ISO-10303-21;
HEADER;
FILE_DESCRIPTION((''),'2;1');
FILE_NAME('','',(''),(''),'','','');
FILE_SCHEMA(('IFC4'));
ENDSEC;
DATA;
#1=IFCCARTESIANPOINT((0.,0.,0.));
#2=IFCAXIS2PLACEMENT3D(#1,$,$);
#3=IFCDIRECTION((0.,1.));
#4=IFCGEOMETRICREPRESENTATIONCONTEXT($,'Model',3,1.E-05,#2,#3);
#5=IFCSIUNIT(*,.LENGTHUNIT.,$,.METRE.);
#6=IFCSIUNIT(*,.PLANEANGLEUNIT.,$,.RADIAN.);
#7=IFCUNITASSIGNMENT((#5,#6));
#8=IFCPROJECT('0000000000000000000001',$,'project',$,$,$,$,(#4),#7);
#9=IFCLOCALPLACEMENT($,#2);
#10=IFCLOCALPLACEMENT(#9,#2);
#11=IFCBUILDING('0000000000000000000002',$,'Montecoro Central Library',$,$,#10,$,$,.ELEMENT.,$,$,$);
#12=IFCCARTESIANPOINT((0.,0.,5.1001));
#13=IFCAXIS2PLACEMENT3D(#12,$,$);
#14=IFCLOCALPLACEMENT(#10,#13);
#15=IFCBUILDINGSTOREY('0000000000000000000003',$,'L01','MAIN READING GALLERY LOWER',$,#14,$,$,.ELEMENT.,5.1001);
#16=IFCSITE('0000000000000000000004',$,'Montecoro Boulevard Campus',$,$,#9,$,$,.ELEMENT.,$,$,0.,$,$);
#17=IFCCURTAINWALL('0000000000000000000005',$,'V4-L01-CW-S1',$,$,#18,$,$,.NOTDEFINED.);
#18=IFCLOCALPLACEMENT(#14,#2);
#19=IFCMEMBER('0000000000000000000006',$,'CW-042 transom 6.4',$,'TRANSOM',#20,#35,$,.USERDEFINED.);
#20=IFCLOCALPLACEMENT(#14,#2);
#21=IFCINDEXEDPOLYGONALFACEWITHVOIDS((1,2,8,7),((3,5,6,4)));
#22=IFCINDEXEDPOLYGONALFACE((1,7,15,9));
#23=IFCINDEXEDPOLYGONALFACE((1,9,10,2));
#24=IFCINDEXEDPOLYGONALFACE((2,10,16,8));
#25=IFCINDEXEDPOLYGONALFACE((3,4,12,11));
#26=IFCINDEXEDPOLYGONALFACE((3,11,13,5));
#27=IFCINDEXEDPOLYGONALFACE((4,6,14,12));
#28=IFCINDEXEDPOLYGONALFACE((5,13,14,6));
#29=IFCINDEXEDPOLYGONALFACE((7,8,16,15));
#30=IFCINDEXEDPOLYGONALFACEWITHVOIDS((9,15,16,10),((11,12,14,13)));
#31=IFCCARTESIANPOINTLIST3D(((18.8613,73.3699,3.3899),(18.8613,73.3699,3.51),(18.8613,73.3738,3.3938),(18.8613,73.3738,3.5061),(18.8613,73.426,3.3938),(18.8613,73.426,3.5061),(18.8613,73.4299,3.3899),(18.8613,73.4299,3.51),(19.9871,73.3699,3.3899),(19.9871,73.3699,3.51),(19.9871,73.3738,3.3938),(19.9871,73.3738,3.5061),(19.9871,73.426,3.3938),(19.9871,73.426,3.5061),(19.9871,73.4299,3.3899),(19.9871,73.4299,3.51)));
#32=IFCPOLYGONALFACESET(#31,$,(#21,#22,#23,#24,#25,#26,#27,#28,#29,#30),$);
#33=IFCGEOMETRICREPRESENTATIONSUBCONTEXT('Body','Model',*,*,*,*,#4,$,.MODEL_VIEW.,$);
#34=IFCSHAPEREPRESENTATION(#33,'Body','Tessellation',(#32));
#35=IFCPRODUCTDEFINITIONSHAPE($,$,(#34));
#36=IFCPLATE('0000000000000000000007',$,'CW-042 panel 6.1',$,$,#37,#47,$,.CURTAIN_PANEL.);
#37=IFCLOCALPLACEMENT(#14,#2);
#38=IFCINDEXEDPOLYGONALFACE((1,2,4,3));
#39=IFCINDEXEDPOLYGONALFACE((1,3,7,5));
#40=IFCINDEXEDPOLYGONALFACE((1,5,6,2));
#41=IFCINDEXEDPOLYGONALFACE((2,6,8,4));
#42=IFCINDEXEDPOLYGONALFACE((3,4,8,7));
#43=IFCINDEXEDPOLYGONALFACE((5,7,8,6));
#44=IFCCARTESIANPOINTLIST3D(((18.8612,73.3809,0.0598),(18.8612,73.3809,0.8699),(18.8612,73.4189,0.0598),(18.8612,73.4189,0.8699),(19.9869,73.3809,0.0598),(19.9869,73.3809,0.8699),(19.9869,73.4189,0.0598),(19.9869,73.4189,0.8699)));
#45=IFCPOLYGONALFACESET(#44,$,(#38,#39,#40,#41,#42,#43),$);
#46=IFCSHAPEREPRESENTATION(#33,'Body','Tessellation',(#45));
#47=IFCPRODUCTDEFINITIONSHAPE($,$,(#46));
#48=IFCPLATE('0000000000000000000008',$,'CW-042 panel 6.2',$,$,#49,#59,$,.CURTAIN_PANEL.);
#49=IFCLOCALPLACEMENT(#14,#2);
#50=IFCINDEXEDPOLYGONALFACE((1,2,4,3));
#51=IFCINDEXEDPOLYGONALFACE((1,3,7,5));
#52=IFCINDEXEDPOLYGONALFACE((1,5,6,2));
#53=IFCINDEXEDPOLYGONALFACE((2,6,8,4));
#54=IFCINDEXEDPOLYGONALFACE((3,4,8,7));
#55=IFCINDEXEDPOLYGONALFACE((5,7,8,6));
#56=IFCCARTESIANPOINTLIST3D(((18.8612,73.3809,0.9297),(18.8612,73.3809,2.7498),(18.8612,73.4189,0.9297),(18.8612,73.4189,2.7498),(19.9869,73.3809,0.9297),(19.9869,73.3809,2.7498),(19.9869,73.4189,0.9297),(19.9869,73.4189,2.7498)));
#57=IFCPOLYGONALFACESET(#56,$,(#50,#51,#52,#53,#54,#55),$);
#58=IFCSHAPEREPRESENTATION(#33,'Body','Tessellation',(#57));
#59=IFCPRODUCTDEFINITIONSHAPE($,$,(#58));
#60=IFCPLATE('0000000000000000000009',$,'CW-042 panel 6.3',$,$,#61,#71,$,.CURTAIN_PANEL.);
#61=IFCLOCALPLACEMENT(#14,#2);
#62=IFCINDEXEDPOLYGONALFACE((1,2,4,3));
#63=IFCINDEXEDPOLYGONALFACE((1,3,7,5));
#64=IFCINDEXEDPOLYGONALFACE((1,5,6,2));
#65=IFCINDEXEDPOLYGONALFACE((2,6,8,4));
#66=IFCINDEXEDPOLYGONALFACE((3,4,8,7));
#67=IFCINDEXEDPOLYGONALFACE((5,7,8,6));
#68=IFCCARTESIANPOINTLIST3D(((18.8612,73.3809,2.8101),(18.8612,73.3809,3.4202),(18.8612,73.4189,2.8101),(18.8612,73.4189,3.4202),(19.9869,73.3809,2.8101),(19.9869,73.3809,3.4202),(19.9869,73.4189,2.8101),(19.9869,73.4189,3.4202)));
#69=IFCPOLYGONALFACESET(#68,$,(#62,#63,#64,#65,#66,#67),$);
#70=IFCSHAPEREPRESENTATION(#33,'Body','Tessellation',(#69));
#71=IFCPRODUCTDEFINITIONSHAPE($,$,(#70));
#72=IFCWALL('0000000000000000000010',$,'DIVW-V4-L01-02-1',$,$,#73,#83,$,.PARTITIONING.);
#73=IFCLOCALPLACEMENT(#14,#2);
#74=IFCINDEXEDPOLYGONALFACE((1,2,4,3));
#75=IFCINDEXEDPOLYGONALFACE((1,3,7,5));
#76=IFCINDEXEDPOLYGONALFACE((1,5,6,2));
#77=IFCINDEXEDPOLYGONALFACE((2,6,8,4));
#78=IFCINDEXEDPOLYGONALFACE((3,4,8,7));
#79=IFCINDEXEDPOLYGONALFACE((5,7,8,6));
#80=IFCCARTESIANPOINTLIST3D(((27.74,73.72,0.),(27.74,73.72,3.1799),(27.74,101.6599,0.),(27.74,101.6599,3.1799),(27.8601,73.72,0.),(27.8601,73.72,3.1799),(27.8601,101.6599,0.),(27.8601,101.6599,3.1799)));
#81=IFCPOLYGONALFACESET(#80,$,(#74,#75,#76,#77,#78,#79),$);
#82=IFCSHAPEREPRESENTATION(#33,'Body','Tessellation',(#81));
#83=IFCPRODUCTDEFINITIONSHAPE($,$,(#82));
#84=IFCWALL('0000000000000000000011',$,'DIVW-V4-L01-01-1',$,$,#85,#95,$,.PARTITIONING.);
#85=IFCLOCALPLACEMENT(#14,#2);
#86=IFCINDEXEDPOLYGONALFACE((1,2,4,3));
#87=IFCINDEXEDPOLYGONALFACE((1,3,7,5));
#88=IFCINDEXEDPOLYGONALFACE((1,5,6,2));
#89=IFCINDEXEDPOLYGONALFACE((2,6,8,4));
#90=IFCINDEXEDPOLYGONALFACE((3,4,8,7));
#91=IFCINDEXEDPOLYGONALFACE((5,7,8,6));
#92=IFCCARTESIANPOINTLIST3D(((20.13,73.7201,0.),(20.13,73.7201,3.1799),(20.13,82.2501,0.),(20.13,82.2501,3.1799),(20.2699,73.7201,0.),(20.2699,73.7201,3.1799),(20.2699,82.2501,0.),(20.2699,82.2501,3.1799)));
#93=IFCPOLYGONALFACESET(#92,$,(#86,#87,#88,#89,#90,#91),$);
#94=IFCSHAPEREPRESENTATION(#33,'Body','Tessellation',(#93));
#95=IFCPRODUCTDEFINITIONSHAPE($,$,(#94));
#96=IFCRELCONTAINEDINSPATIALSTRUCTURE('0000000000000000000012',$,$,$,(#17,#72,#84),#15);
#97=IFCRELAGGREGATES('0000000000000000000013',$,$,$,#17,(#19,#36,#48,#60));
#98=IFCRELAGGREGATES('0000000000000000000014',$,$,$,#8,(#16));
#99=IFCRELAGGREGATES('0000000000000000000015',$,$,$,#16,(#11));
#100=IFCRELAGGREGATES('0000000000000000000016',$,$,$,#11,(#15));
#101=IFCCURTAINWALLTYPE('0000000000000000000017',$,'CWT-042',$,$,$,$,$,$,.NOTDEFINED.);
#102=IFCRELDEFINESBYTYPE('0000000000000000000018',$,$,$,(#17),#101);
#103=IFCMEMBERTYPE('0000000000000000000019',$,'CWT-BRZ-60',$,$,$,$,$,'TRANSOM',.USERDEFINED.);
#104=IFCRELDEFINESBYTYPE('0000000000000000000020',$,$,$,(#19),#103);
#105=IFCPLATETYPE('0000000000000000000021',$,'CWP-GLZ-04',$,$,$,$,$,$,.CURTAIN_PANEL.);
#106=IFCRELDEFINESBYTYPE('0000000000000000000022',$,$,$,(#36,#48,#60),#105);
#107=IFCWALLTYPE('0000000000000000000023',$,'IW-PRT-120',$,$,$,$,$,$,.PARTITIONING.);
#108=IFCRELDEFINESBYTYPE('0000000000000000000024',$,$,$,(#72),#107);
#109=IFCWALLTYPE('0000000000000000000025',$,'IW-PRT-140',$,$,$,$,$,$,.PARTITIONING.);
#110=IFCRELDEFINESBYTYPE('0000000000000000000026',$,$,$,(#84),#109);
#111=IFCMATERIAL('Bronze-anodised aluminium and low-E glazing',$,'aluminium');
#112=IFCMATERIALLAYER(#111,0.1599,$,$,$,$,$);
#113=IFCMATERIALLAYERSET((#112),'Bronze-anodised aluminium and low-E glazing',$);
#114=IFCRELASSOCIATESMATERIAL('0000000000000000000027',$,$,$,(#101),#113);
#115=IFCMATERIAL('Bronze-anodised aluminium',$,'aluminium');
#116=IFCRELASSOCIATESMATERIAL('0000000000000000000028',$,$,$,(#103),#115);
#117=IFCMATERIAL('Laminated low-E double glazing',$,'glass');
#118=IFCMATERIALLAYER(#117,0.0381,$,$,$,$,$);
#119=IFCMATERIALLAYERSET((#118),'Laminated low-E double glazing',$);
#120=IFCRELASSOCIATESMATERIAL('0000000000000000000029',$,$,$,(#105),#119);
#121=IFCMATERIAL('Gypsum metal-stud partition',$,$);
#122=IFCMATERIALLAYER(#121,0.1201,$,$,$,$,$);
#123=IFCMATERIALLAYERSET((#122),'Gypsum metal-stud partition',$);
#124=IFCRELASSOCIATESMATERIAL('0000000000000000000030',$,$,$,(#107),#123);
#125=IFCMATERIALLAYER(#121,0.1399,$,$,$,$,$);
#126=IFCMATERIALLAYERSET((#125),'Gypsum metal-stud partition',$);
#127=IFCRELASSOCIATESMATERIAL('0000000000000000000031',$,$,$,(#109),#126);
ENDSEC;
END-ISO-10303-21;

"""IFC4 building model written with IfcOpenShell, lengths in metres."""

from ifc_helpers import new_model, si_unit, direction, frame, frame_2d, origin, origin_2d, place, context, subcontext, project, spatial, rectangle, hollow_rectangle, extrude, material, layer, layer_set, material_profile, profile_set, type_object, element, aggregate, save


model = new_model("IFC4")

# Units and contexts
model_context = context("Model", 3, precision=1e-05, world=origin(), true_north=direction((0.0, 1.0)))
body_context = subcontext(model_context, "Body", "Model", "MODEL_VIEW")
ifc_project = project(units=[si_unit("LENGTHUNIT", "METRE"), si_unit("PLANEANGLEUNIT", "RADIAN")], contexts=[model_context])

# Site, building, storey
site_placement = place(None, origin())
site = spatial("IfcSite", under=ifc_project, at=site_placement, Name="Montecoro Boulevard Campus", CompositionType="ELEMENT", RefElevation=0.0)
building_placement = place(site_placement, origin())
building = spatial("IfcBuilding", under=site, at=building_placement, Name="Montecoro Central Library", CompositionType="ELEMENT")
storey_placement = place(building_placement, frame((0.0, 0.0, 5.1001)))
storey = spatial("IfcBuildingStorey", under=building, at=storey_placement, Name="L01", Description="MAIN READING GALLERY LOWER", CompositionType="ELEMENT", Elevation=5.1001)

# Curtain wall, member, plates
ifc_material_1 = material(Name="Bronze-anodised aluminium and low-E glazing", Category="aluminium")
ifc_layer_1 = layer(ifc_material_1, 0.1599)
ifc_layer_set_1 = layer_set([ifc_layer_1], Name="Bronze-anodised aluminium and low-E glazing")
curtain_wall_type = type_object("IfcCurtainWallType", Name="CWT-042", PredefinedType="NOTDEFINED", material=ifc_layer_set_1)
curtain_wall_placement = place(storey_placement, origin())
curtain_wall = element("IfcCurtainWall", 1, at=curtain_wall_placement, inside=storey, type_object=curtain_wall_type, Name="V4-L01-CW-S1", PredefinedType="NOTDEFINED")
ifc_material_2 = material(Name="Bronze-anodised aluminium", Category="aluminium")
ifc_material_profile_1 = material_profile(ifc_material_2, hollow_rectangle(XDim=0.0601, YDim=0.1201, WallThickness=0.0039, at=origin_2d()), Name="CWT 120x60x4.0")
ifc_profile_set_1 = profile_set([ifc_material_profile_1], Name="Bronze-anodised aluminium")
member_type_1 = type_object("IfcMemberType", Name="CWT-BRZ-60", ElementType="TRANSOM", PredefinedType="USERDEFINED", material=ifc_profile_set_1)
member_1_placement = place(storey_placement, frame((18.8613, 73.3999, 3.45), z_axis=(1.0, 0.0, 0.0), x_axis=(0.0, 1.0, 0.0)))
member_1 = element("IfcMember", 2, at=member_1_placement, type_object=member_type_1, Name="CW-042 transom 6.4", ObjectType="TRANSOM", PredefinedType="USERDEFINED", context=body_context, shape_type="SweptSolid", body=[
    extrude(hollow_rectangle(XDim=0.0601, YDim=0.1201, WallThickness=0.0039, at=origin_2d()), origin(), (0.0, 0.0, 1.0), 1.1257),
])
ifc_material_3 = material(Name="Laminated low-E double glazing", Category="glass")
ifc_layer_2 = layer(ifc_material_3, 0.0381)
ifc_layer_set_2 = layer_set([ifc_layer_2], Name="Laminated low-E double glazing")
plate_type = type_object("IfcPlateType", Name="CWP-GLZ-04", PredefinedType="CURTAIN_PANEL", material=ifc_layer_set_2)
plate_1_placement = place(storey_placement, frame((19.4241, 73.3999, 0.0598), z_axis=(0.0, 0.0, 1.0), x_axis=(1.0, 0.0, 0.0)))
plate_1 = element("IfcPlate", 3, at=plate_1_placement, type_object=plate_type, Name="CW-042 panel 6.1", PredefinedType="CURTAIN_PANEL", context=body_context, shape_type="SweptSolid", body=[
    extrude(rectangle(XDim=1.1257, YDim=0.0381, at=origin_2d()), origin(), (0.0, 0.0, 1.0), 0.8101),
])
plate_2_placement = place(storey_placement, frame((19.4241, 73.3999, 0.9297), z_axis=(0.0, 0.0, 1.0), x_axis=(1.0, 0.0, 0.0)))
plate_2 = element("IfcPlate", 4, at=plate_2_placement, type_object=plate_type, Name="CW-042 panel 6.2", PredefinedType="CURTAIN_PANEL", context=body_context, shape_type="SweptSolid", body=[
    extrude(rectangle(XDim=1.1257, YDim=0.0381, at=origin_2d()), origin(), (0.0, 0.0, 1.0), 1.8201),
])
plate_3_placement = place(storey_placement, frame((19.4241, 73.3999, 2.8101), z_axis=(0.0, 0.0, 1.0), x_axis=(1.0, 0.0, 0.0)))
plate_3 = element("IfcPlate", 5, at=plate_3_placement, type_object=plate_type, Name="CW-042 panel 6.3", PredefinedType="CURTAIN_PANEL", context=body_context, shape_type="SweptSolid", body=[
    extrude(rectangle(XDim=1.1257, YDim=0.0381, at=origin_2d()), origin(), (0.0, 0.0, 1.0), 0.6101),
])
aggregate(curtain_wall, [member_1, plate_1, plate_2, plate_3])

# Walls
ifc_material_4 = material(Name="Gypsum metal-stud partition")
ifc_layer_3 = layer(ifc_material_4, 0.1201)
ifc_layer_set_3 = layer_set([ifc_layer_3], Name="Gypsum metal-stud partition")
wall_type_1 = type_object("IfcWallType", Name="IW-PRT-120", PredefinedType="PARTITIONING", material=ifc_layer_set_3)
wall_1_placement = place(storey_placement, frame((27.8, 73.72, 0.0), z_axis=(0.0, 0.0, 1.0), x_axis=(0.0, 1.0, 0.0)))
element("IfcWall", 6, at=wall_1_placement, inside=storey, type_object=wall_type_1, Name="DIVW-V4-L01-02-1", PredefinedType="PARTITIONING", context=body_context, shape_type="SweptSolid", body=[
    extrude(rectangle(XDim=27.9399, YDim=0.1201, at=frame_2d((13.97, 0.0))), origin(), (0.0, 0.0, 1.0), 3.1799),
])
ifc_layer_4 = layer(ifc_material_4, 0.1399)
ifc_layer_set_4 = layer_set([ifc_layer_4], Name="Gypsum metal-stud partition")
wall_type_2 = type_object("IfcWallType", Name="IW-PRT-140", PredefinedType="PARTITIONING", material=ifc_layer_set_4)
wall_2_placement = place(storey_placement, frame((20.2, 73.72, 0.0), z_axis=(0.0, 0.0, 1.0), x_axis=(0.0, 1.0, 0.0)))
element("IfcWall", 7, at=wall_2_placement, inside=storey, type_object=wall_type_2, Name="DIVW-V4-L01-01-1", PredefinedType="PARTITIONING", context=body_context, shape_type="SweptSolid", body=[
    extrude(rectangle(XDim=8.53, YDim=0.1399, at=frame_2d((4.2651, 0.0))), origin(), (0.0, 0.0, 1.0), 3.1799),
])

save(model, "model.ifc")
